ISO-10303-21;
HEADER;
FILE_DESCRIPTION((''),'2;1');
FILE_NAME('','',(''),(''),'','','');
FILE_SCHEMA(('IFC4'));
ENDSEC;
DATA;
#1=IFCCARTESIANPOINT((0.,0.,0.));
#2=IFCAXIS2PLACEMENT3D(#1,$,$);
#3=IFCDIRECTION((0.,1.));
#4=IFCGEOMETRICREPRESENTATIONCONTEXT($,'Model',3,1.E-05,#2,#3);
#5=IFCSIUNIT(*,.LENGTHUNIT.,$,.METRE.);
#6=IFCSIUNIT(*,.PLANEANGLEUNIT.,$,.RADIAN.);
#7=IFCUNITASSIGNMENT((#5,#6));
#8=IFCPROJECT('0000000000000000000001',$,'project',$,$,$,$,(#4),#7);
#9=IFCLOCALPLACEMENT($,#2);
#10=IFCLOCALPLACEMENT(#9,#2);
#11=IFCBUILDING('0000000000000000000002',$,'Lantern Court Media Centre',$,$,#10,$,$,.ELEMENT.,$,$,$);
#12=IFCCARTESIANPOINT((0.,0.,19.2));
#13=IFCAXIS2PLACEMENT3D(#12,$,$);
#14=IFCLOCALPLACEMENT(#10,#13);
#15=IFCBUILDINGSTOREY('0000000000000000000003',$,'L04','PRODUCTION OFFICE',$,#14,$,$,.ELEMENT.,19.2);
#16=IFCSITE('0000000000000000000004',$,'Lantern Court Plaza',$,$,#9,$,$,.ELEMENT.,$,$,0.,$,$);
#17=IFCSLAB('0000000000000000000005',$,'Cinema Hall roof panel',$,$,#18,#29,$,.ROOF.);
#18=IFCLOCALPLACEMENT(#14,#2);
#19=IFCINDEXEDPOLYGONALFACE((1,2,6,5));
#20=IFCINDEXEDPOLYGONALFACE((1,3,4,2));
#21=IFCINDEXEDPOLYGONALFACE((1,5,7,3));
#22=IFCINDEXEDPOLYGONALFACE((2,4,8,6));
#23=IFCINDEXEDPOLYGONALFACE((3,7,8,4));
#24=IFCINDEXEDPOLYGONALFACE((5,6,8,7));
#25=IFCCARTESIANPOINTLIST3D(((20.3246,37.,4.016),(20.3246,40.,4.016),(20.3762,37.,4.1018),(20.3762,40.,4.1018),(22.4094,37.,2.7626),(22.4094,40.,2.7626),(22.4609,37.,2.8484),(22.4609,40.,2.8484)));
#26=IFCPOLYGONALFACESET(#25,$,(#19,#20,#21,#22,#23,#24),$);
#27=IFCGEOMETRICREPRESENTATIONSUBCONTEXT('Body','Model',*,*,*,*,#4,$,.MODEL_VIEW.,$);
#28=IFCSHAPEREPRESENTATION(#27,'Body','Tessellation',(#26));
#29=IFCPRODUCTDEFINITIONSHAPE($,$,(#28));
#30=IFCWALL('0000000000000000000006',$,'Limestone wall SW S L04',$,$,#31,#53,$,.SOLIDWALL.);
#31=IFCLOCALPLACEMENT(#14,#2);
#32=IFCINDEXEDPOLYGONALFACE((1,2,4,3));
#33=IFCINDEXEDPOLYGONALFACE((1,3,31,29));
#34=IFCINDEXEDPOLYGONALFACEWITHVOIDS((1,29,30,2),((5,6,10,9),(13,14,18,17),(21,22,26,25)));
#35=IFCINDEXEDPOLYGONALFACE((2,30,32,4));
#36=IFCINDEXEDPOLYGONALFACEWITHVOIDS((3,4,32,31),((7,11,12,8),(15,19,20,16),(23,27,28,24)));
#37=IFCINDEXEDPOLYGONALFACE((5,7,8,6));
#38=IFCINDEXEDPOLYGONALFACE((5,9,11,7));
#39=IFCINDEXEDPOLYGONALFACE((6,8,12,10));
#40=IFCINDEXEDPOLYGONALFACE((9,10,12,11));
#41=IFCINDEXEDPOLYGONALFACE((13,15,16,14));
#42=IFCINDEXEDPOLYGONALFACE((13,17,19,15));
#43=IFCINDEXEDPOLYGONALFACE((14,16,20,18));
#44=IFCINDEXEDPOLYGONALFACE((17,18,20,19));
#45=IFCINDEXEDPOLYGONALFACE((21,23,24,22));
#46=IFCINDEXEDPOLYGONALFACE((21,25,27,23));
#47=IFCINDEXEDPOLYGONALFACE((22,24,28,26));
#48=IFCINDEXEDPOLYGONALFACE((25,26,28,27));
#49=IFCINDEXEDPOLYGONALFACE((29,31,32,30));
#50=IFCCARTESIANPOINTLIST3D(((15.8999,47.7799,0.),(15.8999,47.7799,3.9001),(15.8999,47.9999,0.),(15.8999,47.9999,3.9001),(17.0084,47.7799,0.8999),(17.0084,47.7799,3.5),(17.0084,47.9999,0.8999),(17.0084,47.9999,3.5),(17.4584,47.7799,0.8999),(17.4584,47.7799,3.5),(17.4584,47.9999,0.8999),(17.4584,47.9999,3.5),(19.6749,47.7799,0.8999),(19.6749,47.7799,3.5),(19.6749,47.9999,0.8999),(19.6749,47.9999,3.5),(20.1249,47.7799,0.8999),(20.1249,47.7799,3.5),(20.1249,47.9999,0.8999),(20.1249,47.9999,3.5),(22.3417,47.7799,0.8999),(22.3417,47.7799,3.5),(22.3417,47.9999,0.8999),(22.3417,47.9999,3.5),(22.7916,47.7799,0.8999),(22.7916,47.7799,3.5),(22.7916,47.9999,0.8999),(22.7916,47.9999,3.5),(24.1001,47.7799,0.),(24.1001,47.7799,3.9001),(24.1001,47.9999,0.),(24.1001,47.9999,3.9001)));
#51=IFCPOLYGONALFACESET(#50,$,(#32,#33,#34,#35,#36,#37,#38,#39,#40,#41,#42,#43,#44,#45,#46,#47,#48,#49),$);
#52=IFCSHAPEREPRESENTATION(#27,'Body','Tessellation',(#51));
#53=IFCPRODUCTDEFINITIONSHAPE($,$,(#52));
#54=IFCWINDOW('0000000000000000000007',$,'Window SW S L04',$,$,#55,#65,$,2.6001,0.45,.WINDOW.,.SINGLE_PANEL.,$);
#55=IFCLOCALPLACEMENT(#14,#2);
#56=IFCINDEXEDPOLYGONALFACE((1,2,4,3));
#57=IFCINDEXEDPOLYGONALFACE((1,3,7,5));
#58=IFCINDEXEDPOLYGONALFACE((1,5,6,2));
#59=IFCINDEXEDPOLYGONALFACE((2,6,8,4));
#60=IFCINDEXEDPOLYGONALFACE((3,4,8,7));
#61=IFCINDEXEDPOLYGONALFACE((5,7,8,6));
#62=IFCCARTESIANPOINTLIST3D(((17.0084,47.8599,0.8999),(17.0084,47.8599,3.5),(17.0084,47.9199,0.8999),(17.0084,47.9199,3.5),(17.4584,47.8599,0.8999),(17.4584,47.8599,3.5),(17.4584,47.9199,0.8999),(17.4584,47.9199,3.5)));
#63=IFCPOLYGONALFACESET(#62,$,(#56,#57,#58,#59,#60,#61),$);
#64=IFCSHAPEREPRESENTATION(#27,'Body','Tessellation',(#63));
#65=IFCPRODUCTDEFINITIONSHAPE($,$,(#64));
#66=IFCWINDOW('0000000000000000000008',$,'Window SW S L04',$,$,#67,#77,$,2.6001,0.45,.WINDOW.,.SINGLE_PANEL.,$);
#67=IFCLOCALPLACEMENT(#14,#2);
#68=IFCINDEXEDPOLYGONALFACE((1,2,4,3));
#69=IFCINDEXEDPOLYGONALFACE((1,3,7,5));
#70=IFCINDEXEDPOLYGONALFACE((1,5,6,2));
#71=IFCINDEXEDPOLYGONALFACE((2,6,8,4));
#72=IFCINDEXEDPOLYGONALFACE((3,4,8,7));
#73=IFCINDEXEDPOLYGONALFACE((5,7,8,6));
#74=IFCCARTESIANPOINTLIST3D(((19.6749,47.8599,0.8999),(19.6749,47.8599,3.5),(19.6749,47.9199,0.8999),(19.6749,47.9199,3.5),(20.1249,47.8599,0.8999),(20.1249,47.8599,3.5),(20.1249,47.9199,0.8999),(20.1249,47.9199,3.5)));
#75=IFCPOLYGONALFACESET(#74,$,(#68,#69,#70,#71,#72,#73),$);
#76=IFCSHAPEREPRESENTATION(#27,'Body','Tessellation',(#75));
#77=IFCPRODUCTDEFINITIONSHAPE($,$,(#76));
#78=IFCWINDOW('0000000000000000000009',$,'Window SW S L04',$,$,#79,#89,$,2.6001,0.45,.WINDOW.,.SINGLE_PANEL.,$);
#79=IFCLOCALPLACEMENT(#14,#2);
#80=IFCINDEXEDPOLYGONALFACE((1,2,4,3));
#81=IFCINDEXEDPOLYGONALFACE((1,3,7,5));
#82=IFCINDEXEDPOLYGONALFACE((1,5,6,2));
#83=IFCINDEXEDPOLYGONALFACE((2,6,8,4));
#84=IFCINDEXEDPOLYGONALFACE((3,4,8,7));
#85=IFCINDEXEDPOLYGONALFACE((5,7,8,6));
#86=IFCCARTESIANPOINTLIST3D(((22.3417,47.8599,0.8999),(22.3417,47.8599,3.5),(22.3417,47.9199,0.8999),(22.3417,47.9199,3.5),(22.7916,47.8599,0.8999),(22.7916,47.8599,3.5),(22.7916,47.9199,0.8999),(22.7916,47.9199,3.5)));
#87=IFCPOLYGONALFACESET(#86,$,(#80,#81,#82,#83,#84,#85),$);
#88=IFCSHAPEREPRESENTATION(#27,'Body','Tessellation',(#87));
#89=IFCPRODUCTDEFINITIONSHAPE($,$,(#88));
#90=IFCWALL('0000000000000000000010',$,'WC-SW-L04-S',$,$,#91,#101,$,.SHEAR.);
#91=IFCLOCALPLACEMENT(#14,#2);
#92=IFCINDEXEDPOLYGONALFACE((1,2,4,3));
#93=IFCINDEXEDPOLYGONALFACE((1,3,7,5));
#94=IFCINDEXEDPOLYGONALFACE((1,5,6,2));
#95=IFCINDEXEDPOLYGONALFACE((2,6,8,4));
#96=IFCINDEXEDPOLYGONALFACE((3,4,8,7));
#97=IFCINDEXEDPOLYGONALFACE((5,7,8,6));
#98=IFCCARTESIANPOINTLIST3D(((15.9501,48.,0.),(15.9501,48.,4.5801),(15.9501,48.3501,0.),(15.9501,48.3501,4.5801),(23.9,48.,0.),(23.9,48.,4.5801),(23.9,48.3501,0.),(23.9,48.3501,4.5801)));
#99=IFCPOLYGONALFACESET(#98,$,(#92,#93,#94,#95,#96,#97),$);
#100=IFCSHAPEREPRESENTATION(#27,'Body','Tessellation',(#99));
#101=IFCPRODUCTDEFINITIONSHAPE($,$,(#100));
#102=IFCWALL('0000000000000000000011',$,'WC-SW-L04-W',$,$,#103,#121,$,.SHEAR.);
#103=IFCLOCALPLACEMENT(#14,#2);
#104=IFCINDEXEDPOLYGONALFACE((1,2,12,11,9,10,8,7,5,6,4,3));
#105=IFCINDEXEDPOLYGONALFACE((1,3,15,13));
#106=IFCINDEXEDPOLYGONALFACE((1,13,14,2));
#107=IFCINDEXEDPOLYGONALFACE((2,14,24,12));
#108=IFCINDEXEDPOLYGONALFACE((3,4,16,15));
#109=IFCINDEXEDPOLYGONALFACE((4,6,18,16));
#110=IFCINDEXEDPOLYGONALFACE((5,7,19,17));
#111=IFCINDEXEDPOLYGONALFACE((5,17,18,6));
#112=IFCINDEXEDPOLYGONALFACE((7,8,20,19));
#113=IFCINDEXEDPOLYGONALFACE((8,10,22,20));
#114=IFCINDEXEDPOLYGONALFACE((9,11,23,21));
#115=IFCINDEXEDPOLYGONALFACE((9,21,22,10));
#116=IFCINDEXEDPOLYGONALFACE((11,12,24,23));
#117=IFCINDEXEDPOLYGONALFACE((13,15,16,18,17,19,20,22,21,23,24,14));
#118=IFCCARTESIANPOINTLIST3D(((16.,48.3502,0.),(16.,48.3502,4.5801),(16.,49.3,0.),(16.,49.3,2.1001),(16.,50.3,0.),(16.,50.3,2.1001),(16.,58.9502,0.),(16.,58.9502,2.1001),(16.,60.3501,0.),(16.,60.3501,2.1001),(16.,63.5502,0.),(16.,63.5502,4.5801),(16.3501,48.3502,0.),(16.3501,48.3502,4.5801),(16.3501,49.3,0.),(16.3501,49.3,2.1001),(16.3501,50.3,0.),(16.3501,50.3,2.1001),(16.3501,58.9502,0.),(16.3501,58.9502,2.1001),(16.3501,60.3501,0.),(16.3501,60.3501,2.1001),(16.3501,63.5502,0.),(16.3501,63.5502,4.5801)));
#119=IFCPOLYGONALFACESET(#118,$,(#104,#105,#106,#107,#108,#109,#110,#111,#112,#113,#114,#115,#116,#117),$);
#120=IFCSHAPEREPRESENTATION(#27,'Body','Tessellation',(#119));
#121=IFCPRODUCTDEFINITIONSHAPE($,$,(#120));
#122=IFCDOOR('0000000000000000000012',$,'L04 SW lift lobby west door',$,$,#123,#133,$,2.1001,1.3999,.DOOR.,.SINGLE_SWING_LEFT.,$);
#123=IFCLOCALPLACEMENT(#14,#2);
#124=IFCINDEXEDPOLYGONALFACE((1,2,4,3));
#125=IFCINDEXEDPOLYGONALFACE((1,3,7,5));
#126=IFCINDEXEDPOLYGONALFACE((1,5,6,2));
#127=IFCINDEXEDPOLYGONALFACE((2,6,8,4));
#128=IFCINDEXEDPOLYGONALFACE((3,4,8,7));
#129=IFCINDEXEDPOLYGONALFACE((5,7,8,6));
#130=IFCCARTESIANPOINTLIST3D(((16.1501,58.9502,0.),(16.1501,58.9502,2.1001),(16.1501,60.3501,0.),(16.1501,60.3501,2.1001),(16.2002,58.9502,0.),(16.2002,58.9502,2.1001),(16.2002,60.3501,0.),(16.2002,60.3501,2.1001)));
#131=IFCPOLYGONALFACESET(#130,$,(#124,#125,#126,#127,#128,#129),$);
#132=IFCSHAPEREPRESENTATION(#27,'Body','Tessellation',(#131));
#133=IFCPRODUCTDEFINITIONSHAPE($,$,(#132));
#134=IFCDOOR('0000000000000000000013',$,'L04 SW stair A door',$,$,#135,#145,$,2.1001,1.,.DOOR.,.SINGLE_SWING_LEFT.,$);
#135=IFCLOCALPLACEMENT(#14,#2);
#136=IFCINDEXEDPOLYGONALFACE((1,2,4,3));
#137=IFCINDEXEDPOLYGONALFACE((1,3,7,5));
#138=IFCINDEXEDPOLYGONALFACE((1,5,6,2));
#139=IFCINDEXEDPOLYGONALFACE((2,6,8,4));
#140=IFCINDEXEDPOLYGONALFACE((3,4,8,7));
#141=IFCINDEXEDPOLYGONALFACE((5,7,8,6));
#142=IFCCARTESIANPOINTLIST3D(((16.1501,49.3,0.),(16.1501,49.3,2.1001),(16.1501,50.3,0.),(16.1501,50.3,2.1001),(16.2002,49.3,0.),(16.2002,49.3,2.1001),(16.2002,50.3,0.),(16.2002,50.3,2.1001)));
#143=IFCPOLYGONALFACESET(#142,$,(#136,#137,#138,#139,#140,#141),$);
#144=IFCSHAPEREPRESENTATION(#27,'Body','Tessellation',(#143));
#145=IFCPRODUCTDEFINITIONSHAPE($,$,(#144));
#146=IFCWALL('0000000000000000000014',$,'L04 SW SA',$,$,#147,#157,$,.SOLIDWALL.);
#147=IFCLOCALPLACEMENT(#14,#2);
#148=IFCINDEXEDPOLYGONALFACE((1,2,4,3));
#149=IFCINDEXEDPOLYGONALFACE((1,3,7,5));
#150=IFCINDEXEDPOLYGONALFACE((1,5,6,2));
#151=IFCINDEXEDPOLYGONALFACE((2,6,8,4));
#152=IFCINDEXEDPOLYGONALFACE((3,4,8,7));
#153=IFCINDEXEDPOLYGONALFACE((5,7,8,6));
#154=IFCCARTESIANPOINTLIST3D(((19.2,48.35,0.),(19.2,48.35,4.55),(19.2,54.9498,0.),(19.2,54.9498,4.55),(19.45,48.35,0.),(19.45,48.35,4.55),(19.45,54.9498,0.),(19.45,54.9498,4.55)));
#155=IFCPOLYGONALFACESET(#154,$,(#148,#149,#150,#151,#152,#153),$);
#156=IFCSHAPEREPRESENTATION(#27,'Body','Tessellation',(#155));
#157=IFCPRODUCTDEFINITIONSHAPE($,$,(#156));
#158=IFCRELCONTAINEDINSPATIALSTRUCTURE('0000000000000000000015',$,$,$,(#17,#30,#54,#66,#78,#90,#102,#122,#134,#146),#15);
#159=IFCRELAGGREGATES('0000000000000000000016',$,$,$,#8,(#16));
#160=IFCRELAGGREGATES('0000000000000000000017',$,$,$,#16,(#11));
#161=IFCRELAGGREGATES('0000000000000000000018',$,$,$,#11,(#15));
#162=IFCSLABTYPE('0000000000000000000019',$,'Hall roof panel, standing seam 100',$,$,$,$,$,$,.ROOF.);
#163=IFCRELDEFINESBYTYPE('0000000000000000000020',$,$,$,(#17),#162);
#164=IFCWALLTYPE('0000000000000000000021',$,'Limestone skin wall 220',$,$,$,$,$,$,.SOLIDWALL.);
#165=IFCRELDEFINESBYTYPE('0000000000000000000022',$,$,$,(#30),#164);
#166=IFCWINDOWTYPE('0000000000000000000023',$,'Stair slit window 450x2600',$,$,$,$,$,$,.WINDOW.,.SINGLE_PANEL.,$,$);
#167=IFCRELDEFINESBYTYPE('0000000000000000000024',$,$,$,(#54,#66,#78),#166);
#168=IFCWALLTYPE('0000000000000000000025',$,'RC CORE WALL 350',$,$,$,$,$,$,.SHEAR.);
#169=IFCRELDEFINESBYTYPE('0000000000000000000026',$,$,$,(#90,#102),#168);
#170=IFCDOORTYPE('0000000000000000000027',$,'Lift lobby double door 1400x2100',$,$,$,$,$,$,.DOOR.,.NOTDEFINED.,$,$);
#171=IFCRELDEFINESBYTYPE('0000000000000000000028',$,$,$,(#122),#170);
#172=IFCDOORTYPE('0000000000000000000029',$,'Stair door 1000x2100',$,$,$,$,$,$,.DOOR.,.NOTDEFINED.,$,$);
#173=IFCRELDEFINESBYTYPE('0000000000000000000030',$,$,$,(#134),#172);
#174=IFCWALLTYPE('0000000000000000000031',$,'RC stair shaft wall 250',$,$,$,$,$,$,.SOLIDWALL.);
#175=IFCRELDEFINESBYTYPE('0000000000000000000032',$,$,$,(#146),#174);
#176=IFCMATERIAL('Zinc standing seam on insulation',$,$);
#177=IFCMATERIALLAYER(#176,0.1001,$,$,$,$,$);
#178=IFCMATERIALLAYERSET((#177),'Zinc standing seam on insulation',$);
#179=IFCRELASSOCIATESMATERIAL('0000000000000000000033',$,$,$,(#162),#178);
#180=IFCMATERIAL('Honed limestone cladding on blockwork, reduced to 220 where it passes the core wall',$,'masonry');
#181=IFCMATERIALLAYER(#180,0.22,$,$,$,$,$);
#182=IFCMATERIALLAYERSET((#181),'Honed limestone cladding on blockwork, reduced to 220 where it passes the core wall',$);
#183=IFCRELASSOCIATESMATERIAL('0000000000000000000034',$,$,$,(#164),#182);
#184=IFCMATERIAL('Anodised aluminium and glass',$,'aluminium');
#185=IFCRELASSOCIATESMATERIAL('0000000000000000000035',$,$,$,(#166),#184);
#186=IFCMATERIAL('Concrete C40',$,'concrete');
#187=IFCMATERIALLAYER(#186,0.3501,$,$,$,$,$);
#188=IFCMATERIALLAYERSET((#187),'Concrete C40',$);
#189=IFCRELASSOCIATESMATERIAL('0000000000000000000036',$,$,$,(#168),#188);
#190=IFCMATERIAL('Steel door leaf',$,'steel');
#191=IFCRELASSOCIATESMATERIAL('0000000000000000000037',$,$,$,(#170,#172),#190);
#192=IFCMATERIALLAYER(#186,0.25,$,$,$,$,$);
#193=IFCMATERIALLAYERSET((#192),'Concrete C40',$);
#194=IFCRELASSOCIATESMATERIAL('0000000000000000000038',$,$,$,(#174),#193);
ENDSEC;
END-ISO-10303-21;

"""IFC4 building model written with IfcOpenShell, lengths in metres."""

from ifc_helpers import new_model, si_unit, direction, frame, frame_2d, origin, place, context, subcontext, project, spatial, polyline, rectangle, outline, extrude, material, layer, layer_set, type_object, element, fill, save


model = new_model("IFC4")

# Units and contexts
model_context = context("Model", 3, precision=1e-05, world=origin(), true_north=direction((0.0, 1.0)))
body_context = subcontext(model_context, "Body", "Model", "MODEL_VIEW")
ifc_project = project(units=[si_unit("LENGTHUNIT", "METRE"), si_unit("PLANEANGLEUNIT", "RADIAN")], contexts=[model_context])

# Site, building, storey
site_placement = place(None, origin())
site = spatial("IfcSite", under=ifc_project, at=site_placement, Name="Lantern Court Plaza", CompositionType="ELEMENT", RefElevation=0.0)
building_placement = place(site_placement, origin())
building = spatial("IfcBuilding", under=site, at=building_placement, Name="Lantern Court Media Centre", CompositionType="ELEMENT")
storey_placement = place(building_placement, frame((0.0, 0.0, 19.2)))
storey = spatial("IfcBuildingStorey", under=building, at=storey_placement, Name="L04", Description="PRODUCTION OFFICE", CompositionType="ELEMENT", Elevation=19.2)

# Slab
ifc_material_1 = material(Name="Zinc standing seam on insulation")
ifc_layer_1 = layer(ifc_material_1, 0.1001)
ifc_layer_set_1 = layer_set([ifc_layer_1], Name="Zinc standing seam on insulation")
slab_type = type_object("IfcSlabType", Name="Hall roof panel, standing seam 100", PredefinedType="ROOF", material=ifc_layer_set_1)
slab_placement = place(storey_placement, frame((20.3762, 37.0, 4.1018), z_axis=(0.515278, 0.0, 0.857023), x_axis=(0.857023, 0.0, -0.515278)))
element("IfcSlab", 1, at=slab_placement, inside=storey, type_object=slab_type, Name="Cinema Hall roof panel", PredefinedType="ROOF", context=body_context, shape_type="SweptSolid", body=[
    extrude(outline(polyline([(0.0, 0.0), (2.4325, 0.0), (2.4325, 3.0), (0.0, 3.0), (0.0, 0.0)])), origin(), (0.0, 0.0, -1.0), 0.1001),
])

# Wall, openings, windows
ifc_material_2 = material(Name="Honed limestone cladding on blockwork, reduced to 220 where it passes the core wall", Category="masonry")
ifc_layer_2 = layer(ifc_material_2, 0.22)
ifc_layer_set_2 = layer_set([ifc_layer_2], Name="Honed limestone cladding on blockwork, reduced to 220 where it passes the core wall")
wall_type_1 = type_object("IfcWallType", Name="Limestone skin wall 220", PredefinedType="SOLIDWALL", material=ifc_layer_set_2)
wall_1_placement = place(storey_placement, frame((15.8999, 47.8899, 0.0), z_axis=(0.0, 0.0, 1.0), x_axis=(1.0, 0.0, 0.0)))
wall_1 = element("IfcWall", 2, at=wall_1_placement, inside=storey, type_object=wall_type_1, Name="Limestone wall SW S L04", PredefinedType="SOLIDWALL", context=body_context, shape_type="SweptSolid", body=[
    extrude(rectangle(XDim=8.2002, YDim=0.22, at=frame_2d((4.1001, 0.0))), origin(), (0.0, 0.0, 1.0), 3.9001),
])
opening_1_placement = place(wall_1_placement, frame((1.1084, 0.0, 0.8999)))
opening_1 = element("IfcOpeningElement", 3, at=opening_1_placement, cuts=wall_1, PredefinedType="OPENING", context=body_context, shape_type="SweptSolid", body=[
    extrude(rectangle(XDim=0.45, YDim=2.6001, at=frame_2d((0.2251, 1.3))), frame((0.0, 0.1199, 0.0), z_axis=(0.0, -1.0, 0.0), x_axis=(1.0, 0.0, 0.0)), (0.0, 0.0, 1.0), 0.24),
])
opening_2_placement = place(wall_1_placement, frame((3.7749, 0.0, 0.8999)))
opening_2 = element("IfcOpeningElement", 4, at=opening_2_placement, cuts=wall_1, PredefinedType="OPENING", context=body_context, shape_type="SweptSolid", body=[
    extrude(rectangle(XDim=0.45, YDim=2.6001, at=frame_2d((0.2251, 1.3))), frame((0.0, 0.1199, 0.0), z_axis=(0.0, -1.0, 0.0), x_axis=(1.0, 0.0, 0.0)), (0.0, 0.0, 1.0), 0.24),
])
opening_3_placement = place(wall_1_placement, frame((6.4417, 0.0, 0.8999)))
opening_3 = element("IfcOpeningElement", 5, at=opening_3_placement, cuts=wall_1, PredefinedType="OPENING", context=body_context, shape_type="SweptSolid", body=[
    extrude(rectangle(XDim=0.45, YDim=2.6001, at=frame_2d((0.2251, 1.3))), frame((0.0, 0.1199, 0.0), z_axis=(0.0, -1.0, 0.0), x_axis=(1.0, 0.0, 0.0)), (0.0, 0.0, 1.0), 0.24),
])
ifc_material_3 = material(Name="Anodised aluminium and glass", Category="aluminium")
window_type = type_object("IfcWindowType", Name="Stair slit window 450x2600", PartitioningType="SINGLE_PANEL", PredefinedType="WINDOW", material=ifc_material_3)
window_1_placement = place(opening_1_placement, origin())
window_1 = element("IfcWindow", 6, at=window_1_placement, inside=storey, type_object=window_type, Name="Window SW S L04", OverallHeight=2.6001, OverallWidth=0.45, PartitioningType="SINGLE_PANEL", PredefinedType="WINDOW", context=body_context, shape_type="SweptSolid", body=[
    extrude(rectangle(XDim=0.45, YDim=2.6001, at=frame_2d((0.2251, 1.3))), frame((0.0, 0.03, 0.0), z_axis=(0.0, -1.0, 0.0), x_axis=(1.0, 0.0, 0.0)), (0.0, 0.0, 1.0), 0.0601),
])
fill(opening_1, window_1)
window_2_placement = place(opening_2_placement, origin())
window_2 = element("IfcWindow", 7, at=window_2_placement, inside=storey, type_object=window_type, Name="Window SW S L04", OverallHeight=2.6001, OverallWidth=0.45, PartitioningType="SINGLE_PANEL", PredefinedType="WINDOW", context=body_context, shape_type="SweptSolid", body=[
    extrude(rectangle(XDim=0.45, YDim=2.6001, at=frame_2d((0.2251, 1.3))), frame((0.0, 0.03, 0.0), z_axis=(0.0, -1.0, 0.0), x_axis=(1.0, 0.0, 0.0)), (0.0, 0.0, 1.0), 0.0601),
])
fill(opening_2, window_2)
window_3_placement = place(opening_3_placement, origin())
window_3 = element("IfcWindow", 8, at=window_3_placement, inside=storey, type_object=window_type, Name="Window SW S L04", OverallHeight=2.6001, OverallWidth=0.45, PartitioningType="SINGLE_PANEL", PredefinedType="WINDOW", context=body_context, shape_type="SweptSolid", body=[
    extrude(rectangle(XDim=0.45, YDim=2.6001, at=frame_2d((0.2251, 1.3))), frame((0.0, 0.03, 0.0), z_axis=(0.0, -1.0, 0.0), x_axis=(1.0, 0.0, 0.0)), (0.0, 0.0, 1.0), 0.0601),
])
fill(opening_3, window_3)

# Wall
ifc_material_4 = material(Name="Concrete C40", Category="concrete")
ifc_layer_3 = layer(ifc_material_4, 0.3501)
ifc_layer_set_3 = layer_set([ifc_layer_3], Name="Concrete C40")
wall_type_2 = type_object("IfcWallType", Name="RC CORE WALL 350", PredefinedType="SHEAR", material=ifc_layer_set_3)
wall_2_placement = place(storey_placement, frame((15.95, 48.175, 0.0), z_axis=(0.0, 0.0, 1.0), x_axis=(1.0, 0.0, 0.0)))
element("IfcWall", 9, at=wall_2_placement, inside=storey, type_object=wall_type_2, Name="WC-SW-L04-S", PredefinedType="SHEAR", context=body_context, shape_type="SweptSolid", body=[
    extrude(rectangle(XDim=7.95, YDim=0.3501, at=frame_2d((3.9751, 0.0))), origin(), (0.0, 0.0, 1.0), 4.5801),
])

# Wall, openings, doors
wall_3_placement = place(storey_placement, frame((16.175, 48.3501, 0.0), z_axis=(0.0, 0.0, 1.0), x_axis=(0.0, 1.0, 0.0)))
wall_3 = element("IfcWall", 10, at=wall_3_placement, inside=storey, type_object=wall_type_2, Name="WC-SW-L04-W", PredefinedType="SHEAR", context=body_context, shape_type="SweptSolid", body=[
    extrude(rectangle(XDim=15.2, YDim=0.3501, at=frame_2d((7.6001, 0.0))), origin(), (0.0, 0.0, 1.0), 4.5801),
])
opening_4_placement = place(wall_3_placement, frame((0.95, 0.0, 0.0)))
opening_4 = element("IfcOpeningElement", 11, at=opening_4_placement, cuts=wall_3, PredefinedType="OPENING", context=body_context, shape_type="SweptSolid", body=[
    extrude(rectangle(XDim=1.0, YDim=2.1001, at=frame_2d((0.5, 1.05))), frame((0.0, 0.1851, 0.0), z_axis=(0.0, -1.0, 0.0), x_axis=(1.0, 0.0, 0.0)), (0.0, 0.0, 1.0), 0.3701),
])
opening_5_placement = place(wall_3_placement, frame((10.6001, 0.0, 0.0)))
opening_5 = element("IfcOpeningElement", 12, at=opening_5_placement, cuts=wall_3, PredefinedType="OPENING", context=body_context, shape_type="SweptSolid", body=[
    extrude(rectangle(XDim=1.3999, YDim=2.1001, at=frame_2d((0.7, 1.05))), frame((0.0, 0.1851, 0.0), z_axis=(0.0, -1.0, 0.0), x_axis=(1.0, 0.0, 0.0)), (0.0, 0.0, 1.0), 0.3701),
])
ifc_material_5 = material(Name="Steel door leaf", Category="steel")
door_type_1 = type_object("IfcDoorType", Name="Lift lobby double door 1400x2100", OperationType="NOTDEFINED", PredefinedType="DOOR", material=ifc_material_5)
door_1_placement = place(opening_5_placement, origin())
door_1 = element("IfcDoor", 13, at=door_1_placement, inside=storey, type_object=door_type_1, Name="L04 SW lift lobby west door", OperationType="SINGLE_SWING_LEFT", OverallHeight=2.1001, OverallWidth=1.3999, PredefinedType="DOOR", context=body_context, shape_type="SweptSolid", body=[
    extrude(rectangle(XDim=1.3999, YDim=2.1001, at=frame_2d((0.7, 1.05))), frame((0.0, 0.0249, 0.0), z_axis=(0.0, -1.0, 0.0), x_axis=(1.0, 0.0, 0.0)), (0.0, 0.0, 1.0), 0.05),
])
fill(opening_5, door_1)
door_type_2 = type_object("IfcDoorType", Name="Stair door 1000x2100", OperationType="NOTDEFINED", PredefinedType="DOOR", material=ifc_material_5)
door_2_placement = place(opening_4_placement, origin())
door_2 = element("IfcDoor", 14, at=door_2_placement, inside=storey, type_object=door_type_2, Name="L04 SW stair A door", OperationType="SINGLE_SWING_LEFT", OverallHeight=2.1001, OverallWidth=1.0, PredefinedType="DOOR", context=body_context, shape_type="SweptSolid", body=[
    extrude(rectangle(XDim=1.0, YDim=2.1001, at=frame_2d((0.5, 1.05))), frame((0.0, 0.0249, 0.0), z_axis=(0.0, -1.0, 0.0), x_axis=(1.0, 0.0, 0.0)), (0.0, 0.0, 1.0), 0.05),
])
fill(opening_4, door_2)

# Wall
ifc_layer_4 = layer(ifc_material_4, 0.25)
ifc_layer_set_4 = layer_set([ifc_layer_4], Name="Concrete C40")
wall_type_3 = type_object("IfcWallType", Name="RC stair shaft wall 250", PredefinedType="SOLIDWALL", material=ifc_layer_set_4)
wall_4_placement = place(storey_placement, frame((19.325, 48.3501, 0.0), z_axis=(0.0, 0.0, 1.0), x_axis=(0.0, 1.0, 0.0)))
element("IfcWall", 15, at=wall_4_placement, inside=storey, type_object=wall_type_3, Name="L04 SW SA", PredefinedType="SOLIDWALL", context=body_context, shape_type="SweptSolid", body=[
    extrude(rectangle(XDim=6.5999, YDim=0.25, at=frame_2d((3.2998, 0.0))), origin(), (0.0, 0.0, 1.0), 4.55),
])

save(model, "model.ifc")
